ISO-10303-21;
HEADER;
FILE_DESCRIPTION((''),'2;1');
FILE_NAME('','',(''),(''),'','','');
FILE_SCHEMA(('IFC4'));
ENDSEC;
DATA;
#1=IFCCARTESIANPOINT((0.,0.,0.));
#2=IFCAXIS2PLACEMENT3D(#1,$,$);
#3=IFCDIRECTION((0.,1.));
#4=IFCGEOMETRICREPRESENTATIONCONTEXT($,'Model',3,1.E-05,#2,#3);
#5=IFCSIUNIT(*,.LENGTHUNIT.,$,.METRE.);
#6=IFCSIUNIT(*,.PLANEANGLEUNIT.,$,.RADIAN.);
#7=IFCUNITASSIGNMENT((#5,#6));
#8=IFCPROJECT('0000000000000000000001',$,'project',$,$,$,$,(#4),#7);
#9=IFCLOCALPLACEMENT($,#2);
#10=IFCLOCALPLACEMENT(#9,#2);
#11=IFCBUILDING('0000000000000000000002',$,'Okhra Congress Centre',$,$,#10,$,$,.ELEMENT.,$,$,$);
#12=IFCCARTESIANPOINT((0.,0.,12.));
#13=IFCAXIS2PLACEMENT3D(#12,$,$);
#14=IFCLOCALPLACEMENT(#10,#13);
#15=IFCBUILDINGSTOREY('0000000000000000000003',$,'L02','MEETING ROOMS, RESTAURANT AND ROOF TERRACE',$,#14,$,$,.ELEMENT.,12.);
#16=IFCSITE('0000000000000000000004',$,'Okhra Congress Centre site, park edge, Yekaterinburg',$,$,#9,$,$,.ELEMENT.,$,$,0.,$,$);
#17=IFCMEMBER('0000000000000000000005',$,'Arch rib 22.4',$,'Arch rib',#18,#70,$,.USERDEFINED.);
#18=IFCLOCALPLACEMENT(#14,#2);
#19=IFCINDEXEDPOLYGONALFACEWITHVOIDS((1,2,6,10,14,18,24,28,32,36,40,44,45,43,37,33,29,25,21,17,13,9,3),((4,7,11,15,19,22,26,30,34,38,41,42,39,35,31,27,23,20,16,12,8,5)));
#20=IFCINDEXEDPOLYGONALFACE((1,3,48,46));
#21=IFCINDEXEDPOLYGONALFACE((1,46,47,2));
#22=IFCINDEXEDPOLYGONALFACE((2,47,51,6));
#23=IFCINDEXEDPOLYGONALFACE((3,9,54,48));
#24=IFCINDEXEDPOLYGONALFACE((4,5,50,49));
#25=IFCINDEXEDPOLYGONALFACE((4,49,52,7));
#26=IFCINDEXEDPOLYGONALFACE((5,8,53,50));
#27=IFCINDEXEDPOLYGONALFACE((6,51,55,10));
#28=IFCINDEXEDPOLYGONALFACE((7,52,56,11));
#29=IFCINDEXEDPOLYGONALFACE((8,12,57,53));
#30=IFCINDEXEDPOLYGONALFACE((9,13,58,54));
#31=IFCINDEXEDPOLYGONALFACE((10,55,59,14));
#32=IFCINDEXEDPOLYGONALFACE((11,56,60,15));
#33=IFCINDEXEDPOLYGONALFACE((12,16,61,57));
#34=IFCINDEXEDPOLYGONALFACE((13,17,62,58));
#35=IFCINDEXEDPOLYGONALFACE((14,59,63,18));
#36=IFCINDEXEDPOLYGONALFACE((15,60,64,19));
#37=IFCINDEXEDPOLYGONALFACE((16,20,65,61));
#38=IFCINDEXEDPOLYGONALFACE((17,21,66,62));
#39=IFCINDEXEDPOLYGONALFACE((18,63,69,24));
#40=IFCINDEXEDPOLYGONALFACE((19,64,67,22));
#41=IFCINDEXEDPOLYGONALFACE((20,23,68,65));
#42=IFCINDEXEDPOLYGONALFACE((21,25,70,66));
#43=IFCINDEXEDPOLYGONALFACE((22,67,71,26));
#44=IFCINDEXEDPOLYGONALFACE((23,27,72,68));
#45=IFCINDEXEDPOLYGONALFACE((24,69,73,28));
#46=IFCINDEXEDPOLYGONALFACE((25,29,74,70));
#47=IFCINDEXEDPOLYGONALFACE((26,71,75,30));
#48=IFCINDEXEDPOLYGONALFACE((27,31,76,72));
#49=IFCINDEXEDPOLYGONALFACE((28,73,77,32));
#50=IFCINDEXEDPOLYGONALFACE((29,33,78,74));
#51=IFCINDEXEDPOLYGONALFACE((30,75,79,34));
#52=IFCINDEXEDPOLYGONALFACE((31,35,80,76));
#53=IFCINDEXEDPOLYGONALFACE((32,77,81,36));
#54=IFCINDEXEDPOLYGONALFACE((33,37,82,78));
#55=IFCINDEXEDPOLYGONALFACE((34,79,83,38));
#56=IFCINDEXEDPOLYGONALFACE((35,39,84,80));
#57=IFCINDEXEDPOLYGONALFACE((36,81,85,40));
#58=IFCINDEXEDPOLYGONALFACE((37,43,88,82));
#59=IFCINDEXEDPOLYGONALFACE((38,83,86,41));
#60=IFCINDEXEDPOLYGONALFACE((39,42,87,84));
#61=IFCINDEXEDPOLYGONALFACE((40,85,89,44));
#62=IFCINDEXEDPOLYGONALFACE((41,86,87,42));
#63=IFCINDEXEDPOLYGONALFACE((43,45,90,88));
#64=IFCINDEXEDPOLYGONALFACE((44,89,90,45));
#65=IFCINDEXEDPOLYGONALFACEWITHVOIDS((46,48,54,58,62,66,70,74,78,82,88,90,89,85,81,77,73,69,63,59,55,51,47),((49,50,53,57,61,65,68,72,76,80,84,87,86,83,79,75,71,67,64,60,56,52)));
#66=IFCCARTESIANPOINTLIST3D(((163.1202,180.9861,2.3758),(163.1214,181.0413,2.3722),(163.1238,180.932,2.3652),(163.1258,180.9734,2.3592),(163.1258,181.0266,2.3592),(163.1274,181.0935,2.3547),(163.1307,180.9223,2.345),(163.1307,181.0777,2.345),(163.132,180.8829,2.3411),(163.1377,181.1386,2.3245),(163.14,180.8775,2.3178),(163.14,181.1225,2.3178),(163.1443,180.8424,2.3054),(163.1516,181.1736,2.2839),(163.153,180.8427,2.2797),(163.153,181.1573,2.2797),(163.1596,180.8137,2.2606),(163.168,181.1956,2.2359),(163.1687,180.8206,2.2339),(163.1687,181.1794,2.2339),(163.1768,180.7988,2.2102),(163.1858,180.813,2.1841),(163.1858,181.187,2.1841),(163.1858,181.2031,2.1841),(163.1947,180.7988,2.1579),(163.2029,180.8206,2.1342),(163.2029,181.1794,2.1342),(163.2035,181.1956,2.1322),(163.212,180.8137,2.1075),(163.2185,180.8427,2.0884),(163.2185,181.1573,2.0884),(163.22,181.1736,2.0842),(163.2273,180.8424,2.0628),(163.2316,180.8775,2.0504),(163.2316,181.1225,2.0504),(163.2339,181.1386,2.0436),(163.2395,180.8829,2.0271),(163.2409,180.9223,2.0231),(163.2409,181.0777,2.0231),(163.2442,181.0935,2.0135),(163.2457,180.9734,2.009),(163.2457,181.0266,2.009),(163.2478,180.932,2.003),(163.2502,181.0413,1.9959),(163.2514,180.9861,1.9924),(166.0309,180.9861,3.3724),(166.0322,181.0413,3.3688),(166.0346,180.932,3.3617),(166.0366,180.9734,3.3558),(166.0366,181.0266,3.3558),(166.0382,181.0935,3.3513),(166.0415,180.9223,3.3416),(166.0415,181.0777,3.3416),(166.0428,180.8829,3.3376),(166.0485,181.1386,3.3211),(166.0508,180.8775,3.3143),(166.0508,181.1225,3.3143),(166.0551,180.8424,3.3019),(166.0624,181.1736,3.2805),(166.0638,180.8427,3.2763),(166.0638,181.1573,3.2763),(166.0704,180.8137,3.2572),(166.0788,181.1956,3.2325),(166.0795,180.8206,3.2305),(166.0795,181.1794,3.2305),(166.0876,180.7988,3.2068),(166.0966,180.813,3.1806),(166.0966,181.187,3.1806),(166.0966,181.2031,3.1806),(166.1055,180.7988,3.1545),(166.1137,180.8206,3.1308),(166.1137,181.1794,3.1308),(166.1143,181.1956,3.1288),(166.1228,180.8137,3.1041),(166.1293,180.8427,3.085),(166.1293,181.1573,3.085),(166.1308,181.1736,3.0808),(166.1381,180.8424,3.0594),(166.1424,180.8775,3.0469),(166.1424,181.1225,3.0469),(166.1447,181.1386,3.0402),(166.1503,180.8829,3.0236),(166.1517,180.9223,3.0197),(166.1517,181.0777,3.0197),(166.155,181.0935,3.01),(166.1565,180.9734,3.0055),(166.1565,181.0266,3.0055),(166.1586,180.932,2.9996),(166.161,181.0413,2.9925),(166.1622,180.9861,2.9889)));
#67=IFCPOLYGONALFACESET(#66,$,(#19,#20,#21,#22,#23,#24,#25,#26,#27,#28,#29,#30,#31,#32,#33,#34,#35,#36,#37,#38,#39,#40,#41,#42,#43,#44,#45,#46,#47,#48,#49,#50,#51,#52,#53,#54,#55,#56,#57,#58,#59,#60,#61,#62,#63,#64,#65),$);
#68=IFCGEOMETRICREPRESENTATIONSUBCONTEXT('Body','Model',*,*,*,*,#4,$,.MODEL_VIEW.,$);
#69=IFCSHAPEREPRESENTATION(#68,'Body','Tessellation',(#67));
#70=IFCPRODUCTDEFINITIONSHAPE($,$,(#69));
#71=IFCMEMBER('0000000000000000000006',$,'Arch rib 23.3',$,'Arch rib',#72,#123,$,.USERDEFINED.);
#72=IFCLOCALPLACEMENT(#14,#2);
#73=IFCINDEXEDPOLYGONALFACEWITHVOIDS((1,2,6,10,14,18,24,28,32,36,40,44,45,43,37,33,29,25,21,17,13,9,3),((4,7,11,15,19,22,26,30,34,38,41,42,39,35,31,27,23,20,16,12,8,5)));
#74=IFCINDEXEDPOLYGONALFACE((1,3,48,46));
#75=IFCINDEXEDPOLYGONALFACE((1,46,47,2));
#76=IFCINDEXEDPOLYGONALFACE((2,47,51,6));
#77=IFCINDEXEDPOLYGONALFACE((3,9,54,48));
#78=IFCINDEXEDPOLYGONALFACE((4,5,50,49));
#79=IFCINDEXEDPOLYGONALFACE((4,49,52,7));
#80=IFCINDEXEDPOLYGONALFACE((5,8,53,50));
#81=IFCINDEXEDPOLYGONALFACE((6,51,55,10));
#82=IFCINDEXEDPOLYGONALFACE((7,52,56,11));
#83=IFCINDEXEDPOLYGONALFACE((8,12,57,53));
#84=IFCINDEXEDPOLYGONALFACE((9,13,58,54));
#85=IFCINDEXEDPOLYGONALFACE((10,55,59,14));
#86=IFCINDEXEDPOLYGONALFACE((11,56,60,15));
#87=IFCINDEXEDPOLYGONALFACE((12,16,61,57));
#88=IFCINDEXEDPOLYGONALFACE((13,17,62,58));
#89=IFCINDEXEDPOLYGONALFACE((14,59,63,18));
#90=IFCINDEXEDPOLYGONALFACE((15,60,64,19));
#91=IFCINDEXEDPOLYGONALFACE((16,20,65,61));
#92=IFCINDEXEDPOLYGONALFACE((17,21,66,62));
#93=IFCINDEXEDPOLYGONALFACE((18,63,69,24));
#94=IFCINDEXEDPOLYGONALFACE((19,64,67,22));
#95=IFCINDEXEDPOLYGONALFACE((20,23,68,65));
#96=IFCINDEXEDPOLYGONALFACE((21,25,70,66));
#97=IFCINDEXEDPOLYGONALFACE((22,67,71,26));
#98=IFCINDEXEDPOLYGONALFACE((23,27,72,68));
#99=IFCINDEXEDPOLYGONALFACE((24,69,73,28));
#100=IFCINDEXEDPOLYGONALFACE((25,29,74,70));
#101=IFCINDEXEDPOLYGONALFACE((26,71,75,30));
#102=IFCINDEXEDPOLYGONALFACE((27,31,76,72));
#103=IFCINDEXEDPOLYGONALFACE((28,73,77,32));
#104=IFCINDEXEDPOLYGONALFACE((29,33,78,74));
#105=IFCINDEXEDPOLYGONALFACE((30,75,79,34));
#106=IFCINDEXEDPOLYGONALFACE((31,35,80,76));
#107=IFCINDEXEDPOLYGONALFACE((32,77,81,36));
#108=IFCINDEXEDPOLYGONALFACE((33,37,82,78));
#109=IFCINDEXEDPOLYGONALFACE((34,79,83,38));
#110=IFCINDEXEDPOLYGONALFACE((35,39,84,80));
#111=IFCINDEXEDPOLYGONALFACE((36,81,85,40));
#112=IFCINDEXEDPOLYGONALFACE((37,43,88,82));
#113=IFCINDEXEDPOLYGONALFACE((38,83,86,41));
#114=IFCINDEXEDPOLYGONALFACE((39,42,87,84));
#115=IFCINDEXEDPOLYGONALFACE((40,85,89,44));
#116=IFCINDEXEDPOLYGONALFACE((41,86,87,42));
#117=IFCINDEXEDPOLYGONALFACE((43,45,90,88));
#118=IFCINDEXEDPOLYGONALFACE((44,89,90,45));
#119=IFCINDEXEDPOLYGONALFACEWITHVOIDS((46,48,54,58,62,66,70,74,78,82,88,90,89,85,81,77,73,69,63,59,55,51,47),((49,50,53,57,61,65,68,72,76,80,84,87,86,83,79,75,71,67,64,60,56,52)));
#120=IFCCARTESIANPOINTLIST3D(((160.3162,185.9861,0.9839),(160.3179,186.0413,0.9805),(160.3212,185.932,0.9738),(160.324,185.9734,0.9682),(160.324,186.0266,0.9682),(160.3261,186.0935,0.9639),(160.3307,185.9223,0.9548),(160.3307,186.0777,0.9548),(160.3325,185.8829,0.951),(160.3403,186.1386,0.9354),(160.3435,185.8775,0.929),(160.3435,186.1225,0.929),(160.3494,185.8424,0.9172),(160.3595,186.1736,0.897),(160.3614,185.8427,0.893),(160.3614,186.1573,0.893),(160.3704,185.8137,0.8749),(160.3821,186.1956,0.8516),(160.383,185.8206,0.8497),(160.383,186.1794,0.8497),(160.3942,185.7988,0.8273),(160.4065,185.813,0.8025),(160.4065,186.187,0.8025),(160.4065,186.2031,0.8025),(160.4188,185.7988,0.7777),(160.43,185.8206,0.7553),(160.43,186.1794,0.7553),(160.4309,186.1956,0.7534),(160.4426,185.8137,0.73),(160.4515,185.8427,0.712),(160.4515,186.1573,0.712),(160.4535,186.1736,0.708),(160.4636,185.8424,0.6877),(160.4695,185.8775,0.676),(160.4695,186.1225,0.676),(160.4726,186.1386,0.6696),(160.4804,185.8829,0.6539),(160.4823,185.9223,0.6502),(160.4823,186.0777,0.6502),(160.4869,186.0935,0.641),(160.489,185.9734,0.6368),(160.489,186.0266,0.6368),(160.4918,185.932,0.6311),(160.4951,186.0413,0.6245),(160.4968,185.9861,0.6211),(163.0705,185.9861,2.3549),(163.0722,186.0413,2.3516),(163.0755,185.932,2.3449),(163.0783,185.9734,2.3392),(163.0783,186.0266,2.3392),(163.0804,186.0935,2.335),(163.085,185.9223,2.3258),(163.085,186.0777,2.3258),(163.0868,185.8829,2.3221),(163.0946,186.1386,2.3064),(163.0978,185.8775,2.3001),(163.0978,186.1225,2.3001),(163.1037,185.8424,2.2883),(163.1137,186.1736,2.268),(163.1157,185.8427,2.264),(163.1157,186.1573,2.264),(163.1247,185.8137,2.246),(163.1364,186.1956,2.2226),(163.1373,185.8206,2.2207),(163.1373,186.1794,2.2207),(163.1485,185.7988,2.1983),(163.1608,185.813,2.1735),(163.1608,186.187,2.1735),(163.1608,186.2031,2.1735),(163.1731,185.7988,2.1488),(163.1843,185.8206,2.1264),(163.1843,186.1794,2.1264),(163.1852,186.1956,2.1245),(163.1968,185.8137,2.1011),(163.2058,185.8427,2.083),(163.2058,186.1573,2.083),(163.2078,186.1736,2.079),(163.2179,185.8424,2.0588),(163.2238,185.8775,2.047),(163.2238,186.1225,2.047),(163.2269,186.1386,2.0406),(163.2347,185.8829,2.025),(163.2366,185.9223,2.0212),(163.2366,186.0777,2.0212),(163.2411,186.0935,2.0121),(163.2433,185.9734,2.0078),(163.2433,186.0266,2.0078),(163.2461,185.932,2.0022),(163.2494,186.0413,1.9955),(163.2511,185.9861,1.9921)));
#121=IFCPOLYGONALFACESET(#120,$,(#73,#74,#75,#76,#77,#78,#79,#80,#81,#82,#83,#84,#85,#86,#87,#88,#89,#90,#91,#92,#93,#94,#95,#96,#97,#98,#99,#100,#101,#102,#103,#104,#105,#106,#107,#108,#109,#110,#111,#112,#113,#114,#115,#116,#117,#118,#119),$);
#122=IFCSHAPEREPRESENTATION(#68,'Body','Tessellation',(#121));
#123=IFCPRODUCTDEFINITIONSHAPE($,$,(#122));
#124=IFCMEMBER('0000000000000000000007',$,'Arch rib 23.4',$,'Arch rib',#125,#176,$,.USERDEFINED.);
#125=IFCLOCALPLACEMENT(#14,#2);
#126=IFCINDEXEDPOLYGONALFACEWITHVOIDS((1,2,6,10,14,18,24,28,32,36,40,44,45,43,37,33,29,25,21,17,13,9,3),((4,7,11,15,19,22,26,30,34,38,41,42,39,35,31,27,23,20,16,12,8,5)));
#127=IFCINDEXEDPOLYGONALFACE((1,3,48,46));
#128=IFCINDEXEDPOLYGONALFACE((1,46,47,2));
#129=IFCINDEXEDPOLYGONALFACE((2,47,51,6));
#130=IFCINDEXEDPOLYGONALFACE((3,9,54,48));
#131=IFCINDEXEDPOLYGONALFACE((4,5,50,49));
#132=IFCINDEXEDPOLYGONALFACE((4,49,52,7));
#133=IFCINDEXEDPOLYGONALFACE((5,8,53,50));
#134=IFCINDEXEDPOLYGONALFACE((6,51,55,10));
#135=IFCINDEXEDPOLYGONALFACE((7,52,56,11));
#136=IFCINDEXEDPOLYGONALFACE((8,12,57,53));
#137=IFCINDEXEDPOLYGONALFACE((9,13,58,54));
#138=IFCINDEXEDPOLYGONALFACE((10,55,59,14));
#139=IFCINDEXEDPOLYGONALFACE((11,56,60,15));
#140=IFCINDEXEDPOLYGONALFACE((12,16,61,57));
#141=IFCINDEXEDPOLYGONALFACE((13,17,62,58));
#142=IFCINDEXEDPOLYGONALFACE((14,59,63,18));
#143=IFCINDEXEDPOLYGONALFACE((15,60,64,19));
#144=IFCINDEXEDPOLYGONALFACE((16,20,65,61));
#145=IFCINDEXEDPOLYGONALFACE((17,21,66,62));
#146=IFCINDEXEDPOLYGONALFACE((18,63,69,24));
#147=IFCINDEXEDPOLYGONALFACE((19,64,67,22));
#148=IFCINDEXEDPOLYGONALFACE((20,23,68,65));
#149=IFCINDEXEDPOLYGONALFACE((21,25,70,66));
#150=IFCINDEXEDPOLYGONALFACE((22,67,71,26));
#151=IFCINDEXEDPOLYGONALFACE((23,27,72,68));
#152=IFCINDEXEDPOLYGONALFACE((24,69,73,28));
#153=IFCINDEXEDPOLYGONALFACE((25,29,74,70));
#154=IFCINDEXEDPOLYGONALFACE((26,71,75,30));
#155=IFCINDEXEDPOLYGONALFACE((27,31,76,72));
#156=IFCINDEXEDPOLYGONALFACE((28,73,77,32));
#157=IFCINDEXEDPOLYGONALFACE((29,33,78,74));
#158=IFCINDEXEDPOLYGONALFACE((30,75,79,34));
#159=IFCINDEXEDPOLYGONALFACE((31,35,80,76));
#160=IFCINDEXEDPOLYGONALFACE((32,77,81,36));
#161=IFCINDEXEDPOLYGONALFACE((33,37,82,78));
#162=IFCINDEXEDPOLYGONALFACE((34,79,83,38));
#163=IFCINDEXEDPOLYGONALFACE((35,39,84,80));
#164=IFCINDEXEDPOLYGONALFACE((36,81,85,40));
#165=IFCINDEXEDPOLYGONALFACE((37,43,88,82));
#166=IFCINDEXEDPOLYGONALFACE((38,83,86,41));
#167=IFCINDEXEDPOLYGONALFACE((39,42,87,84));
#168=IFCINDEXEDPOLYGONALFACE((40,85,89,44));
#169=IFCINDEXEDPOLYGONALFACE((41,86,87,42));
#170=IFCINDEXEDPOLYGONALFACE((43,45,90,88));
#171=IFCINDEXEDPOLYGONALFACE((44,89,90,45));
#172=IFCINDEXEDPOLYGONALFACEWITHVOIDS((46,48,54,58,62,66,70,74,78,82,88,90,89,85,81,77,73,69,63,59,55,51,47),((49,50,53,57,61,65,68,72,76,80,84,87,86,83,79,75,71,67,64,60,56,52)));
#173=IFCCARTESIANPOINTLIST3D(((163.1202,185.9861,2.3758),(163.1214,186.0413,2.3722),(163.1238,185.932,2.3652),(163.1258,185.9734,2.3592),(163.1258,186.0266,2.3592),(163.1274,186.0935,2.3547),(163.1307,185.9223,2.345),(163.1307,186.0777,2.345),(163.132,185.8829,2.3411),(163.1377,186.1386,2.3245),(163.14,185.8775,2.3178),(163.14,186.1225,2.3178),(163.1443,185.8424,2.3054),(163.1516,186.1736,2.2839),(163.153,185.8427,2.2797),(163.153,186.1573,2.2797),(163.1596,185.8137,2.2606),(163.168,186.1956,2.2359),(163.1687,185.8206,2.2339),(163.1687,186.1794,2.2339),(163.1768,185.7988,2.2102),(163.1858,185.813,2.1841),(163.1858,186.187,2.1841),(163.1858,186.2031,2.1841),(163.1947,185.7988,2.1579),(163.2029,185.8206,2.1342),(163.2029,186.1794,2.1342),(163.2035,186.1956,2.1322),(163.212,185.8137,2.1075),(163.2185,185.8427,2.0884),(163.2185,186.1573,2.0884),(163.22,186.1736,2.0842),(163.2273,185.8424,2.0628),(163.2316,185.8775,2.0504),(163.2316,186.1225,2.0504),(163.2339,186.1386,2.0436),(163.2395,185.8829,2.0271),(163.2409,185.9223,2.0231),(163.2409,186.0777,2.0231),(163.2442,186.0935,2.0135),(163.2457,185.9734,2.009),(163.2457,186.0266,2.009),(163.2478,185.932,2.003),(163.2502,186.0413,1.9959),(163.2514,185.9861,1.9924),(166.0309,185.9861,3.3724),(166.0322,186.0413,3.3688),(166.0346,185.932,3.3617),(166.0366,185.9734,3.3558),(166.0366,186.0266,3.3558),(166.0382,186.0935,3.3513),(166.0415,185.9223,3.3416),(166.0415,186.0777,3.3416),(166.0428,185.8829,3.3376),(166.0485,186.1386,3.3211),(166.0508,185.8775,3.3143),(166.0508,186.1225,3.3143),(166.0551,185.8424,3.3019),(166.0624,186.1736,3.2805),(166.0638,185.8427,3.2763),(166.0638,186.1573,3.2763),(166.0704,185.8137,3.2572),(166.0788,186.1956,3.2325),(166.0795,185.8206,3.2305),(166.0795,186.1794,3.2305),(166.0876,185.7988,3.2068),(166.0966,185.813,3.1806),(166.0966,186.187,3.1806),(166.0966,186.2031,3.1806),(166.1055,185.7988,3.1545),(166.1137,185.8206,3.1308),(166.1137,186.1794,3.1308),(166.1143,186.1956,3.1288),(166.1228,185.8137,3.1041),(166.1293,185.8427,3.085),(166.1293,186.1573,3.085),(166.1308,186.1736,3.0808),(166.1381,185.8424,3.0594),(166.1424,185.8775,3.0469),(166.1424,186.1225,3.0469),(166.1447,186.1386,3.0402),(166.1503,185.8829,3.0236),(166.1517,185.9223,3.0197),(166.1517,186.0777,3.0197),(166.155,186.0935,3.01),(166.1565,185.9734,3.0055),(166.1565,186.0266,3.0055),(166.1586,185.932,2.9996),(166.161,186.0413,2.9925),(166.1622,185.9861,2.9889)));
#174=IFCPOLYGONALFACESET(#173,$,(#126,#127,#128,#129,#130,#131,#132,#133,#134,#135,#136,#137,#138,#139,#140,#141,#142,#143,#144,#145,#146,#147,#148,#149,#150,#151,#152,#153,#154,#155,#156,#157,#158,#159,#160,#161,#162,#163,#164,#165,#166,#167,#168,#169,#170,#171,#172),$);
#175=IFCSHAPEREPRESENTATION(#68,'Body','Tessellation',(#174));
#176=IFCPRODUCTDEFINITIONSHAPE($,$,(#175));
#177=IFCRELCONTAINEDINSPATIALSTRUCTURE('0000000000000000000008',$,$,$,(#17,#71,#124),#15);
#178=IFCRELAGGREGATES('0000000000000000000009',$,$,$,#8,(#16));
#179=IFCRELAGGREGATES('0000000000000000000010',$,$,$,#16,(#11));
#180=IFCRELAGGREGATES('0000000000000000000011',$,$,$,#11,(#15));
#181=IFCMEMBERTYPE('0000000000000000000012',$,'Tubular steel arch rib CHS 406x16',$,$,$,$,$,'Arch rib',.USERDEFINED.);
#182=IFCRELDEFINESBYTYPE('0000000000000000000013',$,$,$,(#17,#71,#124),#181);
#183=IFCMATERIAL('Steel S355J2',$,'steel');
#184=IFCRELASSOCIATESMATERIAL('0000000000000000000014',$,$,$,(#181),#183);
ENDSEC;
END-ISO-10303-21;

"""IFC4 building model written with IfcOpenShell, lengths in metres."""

from ifc_helpers import new_model, si_unit, direction, frame, origin, origin_2d, place, context, subcontext, project, spatial, hollow_circle, extrude, material, material_profile, profile_set, type_object, element, save


model = new_model("IFC4")

# Units and contexts
model_context = context("Model", 3, precision=1e-05, world=origin(), true_north=direction((0.0, 1.0)))
body_context = subcontext(model_context, "Body", "Model", "MODEL_VIEW")
ifc_project = project(units=[si_unit("LENGTHUNIT", "METRE"), si_unit("PLANEANGLEUNIT", "RADIAN")], contexts=[model_context])

# Site, building, storey
site_placement = place(None, origin())
site = spatial("IfcSite", under=ifc_project, at=site_placement, Name="Okhra Congress Centre site, park edge, Yekaterinburg", CompositionType="ELEMENT", RefElevation=0.0)
building_placement = place(site_placement, origin())
building = spatial("IfcBuilding", under=site, at=building_placement, Name="Okhra Congress Centre", CompositionType="ELEMENT")
storey_placement = place(building_placement, frame((0.0, 0.0, 12.0)))
storey = spatial("IfcBuildingStorey", under=building, at=storey_placement, Name="L02", Description="MEETING ROOMS, RESTAURANT AND ROOF TERRACE", CompositionType="ELEMENT", Elevation=12.0)

# Members
ifc_material_1 = material(Name="Steel S355J2", Category="steel")
ifc_material_profile_1 = material_profile(ifc_material_1, hollow_circle(Radius=0.2031, WallThickness=0.0161, at=origin_2d()), Name="CHS 406.4x16")
ifc_profile_set_1 = profile_set([ifc_material_profile_1], Name="Steel S355J2")
member_type_1 = type_object("IfcMemberType", Name="Tubular steel arch rib CHS 406x16", ElementType="Arch rib", PredefinedType="USERDEFINED", material=ifc_profile_set_1)
for number, where, z_axis, x_axis, name in (
    (1, (163.1858, 181.0, 2.1841), (0.946089, 0.0, 0.323906), (0.0, 1.0, 0.0), "Arch rib 22.4"),
    (2, (160.4065, 186.0, 0.8025), (0.895219, 0.0, 0.445626), (0.0, 1.0, 0.0), "Arch rib 23.3"),
    (3, (163.1858, 186.0, 2.1841), (0.946089, 0.0, 0.323906), (0.0, 1.0, 0.0), "Arch rib 23.4"),
):
    element("IfcMember", number, at=place(storey_placement, frame(where, z_axis=z_axis, x_axis=x_axis)), inside=storey, type_object=member_type_1, Name=name, ObjectType="Arch rib", PredefinedType="USERDEFINED", context=body_context, shape_type="SweptSolid", body=[
        extrude(hollow_circle(Radius=0.2031, WallThickness=0.0161, at=origin_2d()), origin(), (0.0, 0.0, 1.0), 3.0767),
    ])

save(model, "model.ifc")
